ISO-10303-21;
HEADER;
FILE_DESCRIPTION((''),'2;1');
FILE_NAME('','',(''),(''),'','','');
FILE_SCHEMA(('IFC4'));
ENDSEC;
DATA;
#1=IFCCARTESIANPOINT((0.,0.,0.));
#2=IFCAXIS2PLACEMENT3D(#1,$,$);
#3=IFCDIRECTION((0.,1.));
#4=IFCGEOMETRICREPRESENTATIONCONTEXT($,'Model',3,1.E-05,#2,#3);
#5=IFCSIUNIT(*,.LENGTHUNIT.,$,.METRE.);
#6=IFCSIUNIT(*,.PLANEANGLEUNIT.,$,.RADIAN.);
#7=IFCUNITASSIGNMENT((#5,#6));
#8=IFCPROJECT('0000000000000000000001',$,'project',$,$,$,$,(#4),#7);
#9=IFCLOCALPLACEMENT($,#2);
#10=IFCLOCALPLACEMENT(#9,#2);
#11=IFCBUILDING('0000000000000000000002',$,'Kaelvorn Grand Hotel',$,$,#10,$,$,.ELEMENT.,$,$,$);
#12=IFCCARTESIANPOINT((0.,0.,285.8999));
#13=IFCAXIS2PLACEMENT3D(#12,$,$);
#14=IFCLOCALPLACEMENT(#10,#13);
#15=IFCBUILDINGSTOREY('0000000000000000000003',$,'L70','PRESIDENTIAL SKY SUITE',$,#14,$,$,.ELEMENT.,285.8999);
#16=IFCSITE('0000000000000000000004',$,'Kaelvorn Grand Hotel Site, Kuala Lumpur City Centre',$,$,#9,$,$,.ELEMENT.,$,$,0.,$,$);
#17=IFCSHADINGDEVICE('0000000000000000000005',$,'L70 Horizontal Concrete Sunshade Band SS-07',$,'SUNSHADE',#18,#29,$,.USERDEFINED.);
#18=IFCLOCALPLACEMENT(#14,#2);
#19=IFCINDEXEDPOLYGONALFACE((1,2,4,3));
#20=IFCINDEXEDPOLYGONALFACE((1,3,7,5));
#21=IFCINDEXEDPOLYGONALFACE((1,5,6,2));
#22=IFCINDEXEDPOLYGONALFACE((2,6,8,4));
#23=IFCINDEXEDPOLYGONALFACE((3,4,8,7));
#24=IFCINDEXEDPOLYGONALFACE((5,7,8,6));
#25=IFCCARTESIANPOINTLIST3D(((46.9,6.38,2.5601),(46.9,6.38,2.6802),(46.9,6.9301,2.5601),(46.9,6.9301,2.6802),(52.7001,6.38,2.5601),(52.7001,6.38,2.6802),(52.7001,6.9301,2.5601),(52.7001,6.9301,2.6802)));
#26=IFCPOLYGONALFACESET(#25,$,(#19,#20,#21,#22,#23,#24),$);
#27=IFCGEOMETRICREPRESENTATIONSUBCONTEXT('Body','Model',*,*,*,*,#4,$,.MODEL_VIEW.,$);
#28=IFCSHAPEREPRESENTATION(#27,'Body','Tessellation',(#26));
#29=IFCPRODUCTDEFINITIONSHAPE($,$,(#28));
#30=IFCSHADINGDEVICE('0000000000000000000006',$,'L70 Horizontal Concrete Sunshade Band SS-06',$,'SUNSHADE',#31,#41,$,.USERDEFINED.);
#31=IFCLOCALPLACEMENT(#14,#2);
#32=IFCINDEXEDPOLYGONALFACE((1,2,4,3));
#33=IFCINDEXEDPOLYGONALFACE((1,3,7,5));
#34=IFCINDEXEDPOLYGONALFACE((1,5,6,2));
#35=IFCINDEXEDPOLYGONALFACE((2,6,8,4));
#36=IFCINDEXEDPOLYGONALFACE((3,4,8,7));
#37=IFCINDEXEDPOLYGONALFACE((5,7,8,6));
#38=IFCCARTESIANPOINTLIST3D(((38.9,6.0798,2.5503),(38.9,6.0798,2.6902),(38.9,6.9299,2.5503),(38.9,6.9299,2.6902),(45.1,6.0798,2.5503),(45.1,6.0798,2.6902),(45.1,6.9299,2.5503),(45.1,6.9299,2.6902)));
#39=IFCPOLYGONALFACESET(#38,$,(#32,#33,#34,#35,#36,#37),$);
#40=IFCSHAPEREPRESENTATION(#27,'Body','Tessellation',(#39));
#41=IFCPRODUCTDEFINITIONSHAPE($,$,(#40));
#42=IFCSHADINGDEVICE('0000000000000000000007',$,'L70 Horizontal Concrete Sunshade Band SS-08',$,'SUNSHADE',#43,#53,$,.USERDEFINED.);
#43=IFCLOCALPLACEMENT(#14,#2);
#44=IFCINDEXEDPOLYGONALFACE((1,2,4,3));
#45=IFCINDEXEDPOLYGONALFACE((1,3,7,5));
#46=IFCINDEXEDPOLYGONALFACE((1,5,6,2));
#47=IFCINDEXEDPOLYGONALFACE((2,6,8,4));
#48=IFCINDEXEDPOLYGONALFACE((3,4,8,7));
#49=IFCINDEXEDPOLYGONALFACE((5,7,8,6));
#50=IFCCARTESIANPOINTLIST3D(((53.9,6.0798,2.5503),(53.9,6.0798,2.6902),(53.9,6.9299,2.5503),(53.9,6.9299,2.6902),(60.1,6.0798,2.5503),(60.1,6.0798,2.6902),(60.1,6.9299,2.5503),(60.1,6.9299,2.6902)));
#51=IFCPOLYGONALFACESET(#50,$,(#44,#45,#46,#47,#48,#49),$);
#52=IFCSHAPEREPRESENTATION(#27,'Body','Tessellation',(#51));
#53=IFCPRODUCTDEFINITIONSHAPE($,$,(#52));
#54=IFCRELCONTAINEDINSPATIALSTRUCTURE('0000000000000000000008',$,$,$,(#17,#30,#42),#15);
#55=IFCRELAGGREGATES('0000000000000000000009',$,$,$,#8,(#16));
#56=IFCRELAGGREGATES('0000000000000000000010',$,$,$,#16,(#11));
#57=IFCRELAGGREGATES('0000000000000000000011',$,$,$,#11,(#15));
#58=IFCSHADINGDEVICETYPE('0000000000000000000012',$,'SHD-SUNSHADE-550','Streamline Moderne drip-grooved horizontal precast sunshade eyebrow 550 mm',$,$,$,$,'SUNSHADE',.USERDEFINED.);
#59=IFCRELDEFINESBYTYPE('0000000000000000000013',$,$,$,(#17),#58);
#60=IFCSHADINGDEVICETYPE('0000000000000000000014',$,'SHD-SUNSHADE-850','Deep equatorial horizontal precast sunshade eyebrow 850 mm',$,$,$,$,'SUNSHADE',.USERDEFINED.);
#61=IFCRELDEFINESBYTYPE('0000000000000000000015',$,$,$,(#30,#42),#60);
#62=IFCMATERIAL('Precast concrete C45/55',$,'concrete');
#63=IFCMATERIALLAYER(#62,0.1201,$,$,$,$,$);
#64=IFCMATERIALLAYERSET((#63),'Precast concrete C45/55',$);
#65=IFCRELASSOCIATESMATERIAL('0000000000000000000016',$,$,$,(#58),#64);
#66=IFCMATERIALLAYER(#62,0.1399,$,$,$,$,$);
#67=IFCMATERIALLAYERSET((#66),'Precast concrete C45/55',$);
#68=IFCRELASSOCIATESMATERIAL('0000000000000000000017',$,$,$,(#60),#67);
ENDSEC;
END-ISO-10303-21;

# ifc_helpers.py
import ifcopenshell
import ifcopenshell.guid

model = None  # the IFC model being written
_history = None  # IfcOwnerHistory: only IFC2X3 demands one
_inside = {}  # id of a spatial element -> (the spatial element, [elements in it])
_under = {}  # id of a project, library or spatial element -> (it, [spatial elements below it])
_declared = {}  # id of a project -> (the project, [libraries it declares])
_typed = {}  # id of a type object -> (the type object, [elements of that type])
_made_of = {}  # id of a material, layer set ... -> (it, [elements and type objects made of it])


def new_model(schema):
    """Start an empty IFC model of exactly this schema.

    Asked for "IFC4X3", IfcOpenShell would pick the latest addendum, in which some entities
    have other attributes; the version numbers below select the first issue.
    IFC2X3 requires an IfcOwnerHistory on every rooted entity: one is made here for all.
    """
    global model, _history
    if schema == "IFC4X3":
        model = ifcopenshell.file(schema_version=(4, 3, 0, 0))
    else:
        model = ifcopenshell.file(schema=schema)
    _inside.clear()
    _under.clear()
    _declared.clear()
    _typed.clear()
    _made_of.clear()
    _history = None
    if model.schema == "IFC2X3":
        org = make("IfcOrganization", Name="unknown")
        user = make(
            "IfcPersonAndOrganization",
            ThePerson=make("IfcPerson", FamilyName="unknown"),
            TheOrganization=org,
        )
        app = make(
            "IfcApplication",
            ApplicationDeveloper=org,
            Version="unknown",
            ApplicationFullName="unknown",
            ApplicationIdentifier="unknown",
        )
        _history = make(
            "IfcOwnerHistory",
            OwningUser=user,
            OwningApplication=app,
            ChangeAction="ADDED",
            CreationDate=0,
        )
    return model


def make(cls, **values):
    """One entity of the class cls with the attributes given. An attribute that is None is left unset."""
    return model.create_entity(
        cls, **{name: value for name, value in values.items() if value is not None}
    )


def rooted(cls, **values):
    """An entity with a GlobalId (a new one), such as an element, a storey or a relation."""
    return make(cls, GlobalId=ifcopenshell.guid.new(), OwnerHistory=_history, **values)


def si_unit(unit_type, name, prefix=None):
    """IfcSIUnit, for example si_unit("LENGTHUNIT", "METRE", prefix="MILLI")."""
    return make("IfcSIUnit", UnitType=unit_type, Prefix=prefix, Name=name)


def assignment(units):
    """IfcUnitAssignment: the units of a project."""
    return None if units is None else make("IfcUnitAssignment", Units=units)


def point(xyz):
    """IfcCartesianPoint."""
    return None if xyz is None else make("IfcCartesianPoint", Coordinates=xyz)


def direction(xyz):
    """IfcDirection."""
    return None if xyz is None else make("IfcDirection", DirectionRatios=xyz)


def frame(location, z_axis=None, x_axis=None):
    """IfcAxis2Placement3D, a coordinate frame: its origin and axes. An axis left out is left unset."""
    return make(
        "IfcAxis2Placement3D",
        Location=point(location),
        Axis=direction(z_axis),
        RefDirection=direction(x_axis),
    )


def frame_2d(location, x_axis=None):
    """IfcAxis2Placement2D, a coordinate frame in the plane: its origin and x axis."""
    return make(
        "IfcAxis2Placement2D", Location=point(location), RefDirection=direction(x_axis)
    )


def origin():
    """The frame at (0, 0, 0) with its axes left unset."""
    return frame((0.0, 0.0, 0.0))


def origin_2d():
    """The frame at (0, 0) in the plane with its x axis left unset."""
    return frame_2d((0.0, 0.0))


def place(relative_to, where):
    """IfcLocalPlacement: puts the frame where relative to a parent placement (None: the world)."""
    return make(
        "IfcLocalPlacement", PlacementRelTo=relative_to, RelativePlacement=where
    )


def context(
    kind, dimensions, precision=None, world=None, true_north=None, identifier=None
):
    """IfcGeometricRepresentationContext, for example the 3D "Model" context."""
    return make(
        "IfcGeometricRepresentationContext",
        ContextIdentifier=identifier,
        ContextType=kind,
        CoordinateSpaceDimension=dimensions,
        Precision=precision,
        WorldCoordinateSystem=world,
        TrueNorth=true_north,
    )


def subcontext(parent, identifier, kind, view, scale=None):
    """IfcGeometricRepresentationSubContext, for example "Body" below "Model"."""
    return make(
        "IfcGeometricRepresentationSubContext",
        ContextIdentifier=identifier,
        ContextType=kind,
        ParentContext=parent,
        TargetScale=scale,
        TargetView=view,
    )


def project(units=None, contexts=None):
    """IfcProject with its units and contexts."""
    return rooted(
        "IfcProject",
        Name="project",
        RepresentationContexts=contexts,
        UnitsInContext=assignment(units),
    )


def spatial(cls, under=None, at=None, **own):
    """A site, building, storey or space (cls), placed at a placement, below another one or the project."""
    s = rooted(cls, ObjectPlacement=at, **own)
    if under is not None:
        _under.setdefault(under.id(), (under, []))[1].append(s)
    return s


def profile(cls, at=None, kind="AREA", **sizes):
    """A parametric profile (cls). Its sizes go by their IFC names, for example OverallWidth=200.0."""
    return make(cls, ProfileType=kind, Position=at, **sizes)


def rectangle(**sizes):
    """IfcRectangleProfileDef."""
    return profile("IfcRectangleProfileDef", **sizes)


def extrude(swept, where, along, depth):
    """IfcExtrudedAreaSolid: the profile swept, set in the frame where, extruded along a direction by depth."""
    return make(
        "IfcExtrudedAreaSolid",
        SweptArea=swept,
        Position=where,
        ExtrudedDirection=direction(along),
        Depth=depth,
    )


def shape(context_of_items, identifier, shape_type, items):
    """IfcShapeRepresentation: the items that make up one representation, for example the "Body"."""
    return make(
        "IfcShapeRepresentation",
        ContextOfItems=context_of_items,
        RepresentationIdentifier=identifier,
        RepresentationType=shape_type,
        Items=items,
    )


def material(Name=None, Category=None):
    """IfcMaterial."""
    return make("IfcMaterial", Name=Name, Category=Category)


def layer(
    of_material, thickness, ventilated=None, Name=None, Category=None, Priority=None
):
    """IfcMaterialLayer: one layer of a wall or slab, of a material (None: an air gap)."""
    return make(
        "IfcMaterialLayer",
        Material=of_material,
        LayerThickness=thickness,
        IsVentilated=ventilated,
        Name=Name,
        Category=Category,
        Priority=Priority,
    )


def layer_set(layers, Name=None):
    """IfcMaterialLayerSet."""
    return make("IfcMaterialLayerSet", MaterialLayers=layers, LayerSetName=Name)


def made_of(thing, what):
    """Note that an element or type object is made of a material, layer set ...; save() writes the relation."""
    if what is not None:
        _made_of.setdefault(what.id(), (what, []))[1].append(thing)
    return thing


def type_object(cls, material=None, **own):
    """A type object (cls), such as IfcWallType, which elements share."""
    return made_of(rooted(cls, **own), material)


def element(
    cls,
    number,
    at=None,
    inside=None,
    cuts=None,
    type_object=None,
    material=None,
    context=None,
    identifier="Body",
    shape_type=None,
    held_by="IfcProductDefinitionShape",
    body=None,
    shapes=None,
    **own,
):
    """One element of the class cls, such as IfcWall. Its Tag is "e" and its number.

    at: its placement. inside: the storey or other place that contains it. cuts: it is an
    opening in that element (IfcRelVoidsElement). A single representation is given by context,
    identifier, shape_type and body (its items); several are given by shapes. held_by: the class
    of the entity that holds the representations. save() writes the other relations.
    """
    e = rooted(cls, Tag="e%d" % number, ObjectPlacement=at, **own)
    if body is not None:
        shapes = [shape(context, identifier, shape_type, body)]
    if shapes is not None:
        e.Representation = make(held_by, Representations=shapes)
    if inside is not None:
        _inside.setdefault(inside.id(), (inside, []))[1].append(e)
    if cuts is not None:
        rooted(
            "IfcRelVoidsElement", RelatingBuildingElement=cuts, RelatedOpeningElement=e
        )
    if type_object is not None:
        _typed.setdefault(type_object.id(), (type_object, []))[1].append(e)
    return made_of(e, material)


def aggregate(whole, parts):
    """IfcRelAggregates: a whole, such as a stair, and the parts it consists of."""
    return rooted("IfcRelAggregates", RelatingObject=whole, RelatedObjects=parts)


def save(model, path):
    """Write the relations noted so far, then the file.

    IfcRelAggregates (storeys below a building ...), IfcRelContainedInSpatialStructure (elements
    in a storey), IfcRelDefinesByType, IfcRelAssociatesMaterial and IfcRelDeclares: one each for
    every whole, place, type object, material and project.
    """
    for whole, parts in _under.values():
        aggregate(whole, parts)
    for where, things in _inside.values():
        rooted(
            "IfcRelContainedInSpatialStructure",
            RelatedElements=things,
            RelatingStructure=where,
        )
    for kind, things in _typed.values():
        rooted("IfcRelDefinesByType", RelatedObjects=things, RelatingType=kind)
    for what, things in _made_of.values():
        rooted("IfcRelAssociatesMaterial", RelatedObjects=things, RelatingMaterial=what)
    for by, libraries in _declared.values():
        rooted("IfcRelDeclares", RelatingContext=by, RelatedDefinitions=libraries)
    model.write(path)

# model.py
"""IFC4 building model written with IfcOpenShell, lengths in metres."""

from ifc_helpers import new_model, si_unit, direction, frame, origin, origin_2d, place, context, subcontext, project, spatial, rectangle, extrude, material, layer, layer_set, type_object, element, save


model = new_model("IFC4")

# Units and contexts
model_context = context("Model", 3, precision=1e-05, world=origin(), true_north=direction((0.0, 1.0)))
body_context = subcontext(model_context, "Body", "Model", "MODEL_VIEW")
ifc_project = project(units=[si_unit("LENGTHUNIT", "METRE"), si_unit("PLANEANGLEUNIT", "RADIAN")], contexts=[model_context])

# Site, building, storey
site_placement = place(None, origin())
site = spatial("IfcSite", under=ifc_project, at=site_placement, Name="Kaelvorn Grand Hotel Site, Kuala Lumpur City Centre", CompositionType="ELEMENT", RefElevation=0.0)
building_placement = place(site_placement, origin())
building = spatial("IfcBuilding", under=site, at=building_placement, Name="Kaelvorn Grand Hotel", CompositionType="ELEMENT")
storey_placement = place(building_placement, frame((0.0, 0.0, 285.8999)))
storey = spatial("IfcBuildingStorey", under=building, at=storey_placement, Name="L70", Description="PRESIDENTIAL SKY SUITE", CompositionType="ELEMENT", Elevation=285.8999)

# Shading devices
ifc_material_1 = material(Name="Precast concrete C45/55", Category="concrete")
ifc_layer_1 = layer(ifc_material_1, 0.1201)
ifc_layer_set_1 = layer_set([ifc_layer_1], Name="Precast concrete C45/55")
shading_device_type_1 = type_object("IfcShadingDeviceType", Name="SHD-SUNSHADE-550", Description="Streamline Moderne drip-grooved horizontal precast sunshade eyebrow 550 mm", ElementType="SUNSHADE", PredefinedType="USERDEFINED", material=ifc_layer_set_1)
shading_device_placement = place(storey_placement, frame((49.8, 6.655, 2.5601), z_axis=(0.0, 0.0, 1.0), x_axis=(1.0, 0.0, 0.0)))
element("IfcShadingDevice", 1, at=shading_device_placement, inside=storey, type_object=shading_device_type_1, Name="L70 Horizontal Concrete Sunshade Band SS-07", ObjectType="SUNSHADE", PredefinedType="USERDEFINED", context=body_context, shape_type="SweptSolid", body=[
    extrude(rectangle(XDim=5.8, YDim=0.55, at=origin_2d()), origin(), (0.0, 0.0, 1.0), 0.1201),
])
ifc_layer_2 = layer(ifc_material_1, 0.1399)
ifc_layer_set_2 = layer_set([ifc_layer_2], Name="Precast concrete C45/55")
shading_device_type_2 = type_object("IfcShadingDeviceType", Name="SHD-SUNSHADE-850", Description="Deep equatorial horizontal precast sunshade eyebrow 850 mm", ElementType="SUNSHADE", PredefinedType="USERDEFINED", material=ifc_layer_set_2)
for number, where, z_axis, x_axis, name in (
    (2, (42.0, 6.5049, 2.5503), (0.0, 0.0, 1.0), (1.0, 0.0, 0.0), "L70 Horizontal Concrete Sunshade Band SS-06"),
    (3, (57.0, 6.5049, 2.5503), (0.0, 0.0, 1.0), (1.0, 0.0, 0.0), "L70 Horizontal Concrete Sunshade Band SS-08"),
):
    element("IfcShadingDevice", number, at=place(storey_placement, frame(where, z_axis=z_axis, x_axis=x_axis)), inside=storey, type_object=shading_device_type_2, Name=name, ObjectType="SUNSHADE", PredefinedType="USERDEFINED", context=body_context, shape_type="SweptSolid", body=[
        extrude(rectangle(XDim=6.2, YDim=0.8501, at=origin_2d()), origin(), (0.0, 0.0, 1.0), 0.1399),
    ])

save(model, "model.ifc")
